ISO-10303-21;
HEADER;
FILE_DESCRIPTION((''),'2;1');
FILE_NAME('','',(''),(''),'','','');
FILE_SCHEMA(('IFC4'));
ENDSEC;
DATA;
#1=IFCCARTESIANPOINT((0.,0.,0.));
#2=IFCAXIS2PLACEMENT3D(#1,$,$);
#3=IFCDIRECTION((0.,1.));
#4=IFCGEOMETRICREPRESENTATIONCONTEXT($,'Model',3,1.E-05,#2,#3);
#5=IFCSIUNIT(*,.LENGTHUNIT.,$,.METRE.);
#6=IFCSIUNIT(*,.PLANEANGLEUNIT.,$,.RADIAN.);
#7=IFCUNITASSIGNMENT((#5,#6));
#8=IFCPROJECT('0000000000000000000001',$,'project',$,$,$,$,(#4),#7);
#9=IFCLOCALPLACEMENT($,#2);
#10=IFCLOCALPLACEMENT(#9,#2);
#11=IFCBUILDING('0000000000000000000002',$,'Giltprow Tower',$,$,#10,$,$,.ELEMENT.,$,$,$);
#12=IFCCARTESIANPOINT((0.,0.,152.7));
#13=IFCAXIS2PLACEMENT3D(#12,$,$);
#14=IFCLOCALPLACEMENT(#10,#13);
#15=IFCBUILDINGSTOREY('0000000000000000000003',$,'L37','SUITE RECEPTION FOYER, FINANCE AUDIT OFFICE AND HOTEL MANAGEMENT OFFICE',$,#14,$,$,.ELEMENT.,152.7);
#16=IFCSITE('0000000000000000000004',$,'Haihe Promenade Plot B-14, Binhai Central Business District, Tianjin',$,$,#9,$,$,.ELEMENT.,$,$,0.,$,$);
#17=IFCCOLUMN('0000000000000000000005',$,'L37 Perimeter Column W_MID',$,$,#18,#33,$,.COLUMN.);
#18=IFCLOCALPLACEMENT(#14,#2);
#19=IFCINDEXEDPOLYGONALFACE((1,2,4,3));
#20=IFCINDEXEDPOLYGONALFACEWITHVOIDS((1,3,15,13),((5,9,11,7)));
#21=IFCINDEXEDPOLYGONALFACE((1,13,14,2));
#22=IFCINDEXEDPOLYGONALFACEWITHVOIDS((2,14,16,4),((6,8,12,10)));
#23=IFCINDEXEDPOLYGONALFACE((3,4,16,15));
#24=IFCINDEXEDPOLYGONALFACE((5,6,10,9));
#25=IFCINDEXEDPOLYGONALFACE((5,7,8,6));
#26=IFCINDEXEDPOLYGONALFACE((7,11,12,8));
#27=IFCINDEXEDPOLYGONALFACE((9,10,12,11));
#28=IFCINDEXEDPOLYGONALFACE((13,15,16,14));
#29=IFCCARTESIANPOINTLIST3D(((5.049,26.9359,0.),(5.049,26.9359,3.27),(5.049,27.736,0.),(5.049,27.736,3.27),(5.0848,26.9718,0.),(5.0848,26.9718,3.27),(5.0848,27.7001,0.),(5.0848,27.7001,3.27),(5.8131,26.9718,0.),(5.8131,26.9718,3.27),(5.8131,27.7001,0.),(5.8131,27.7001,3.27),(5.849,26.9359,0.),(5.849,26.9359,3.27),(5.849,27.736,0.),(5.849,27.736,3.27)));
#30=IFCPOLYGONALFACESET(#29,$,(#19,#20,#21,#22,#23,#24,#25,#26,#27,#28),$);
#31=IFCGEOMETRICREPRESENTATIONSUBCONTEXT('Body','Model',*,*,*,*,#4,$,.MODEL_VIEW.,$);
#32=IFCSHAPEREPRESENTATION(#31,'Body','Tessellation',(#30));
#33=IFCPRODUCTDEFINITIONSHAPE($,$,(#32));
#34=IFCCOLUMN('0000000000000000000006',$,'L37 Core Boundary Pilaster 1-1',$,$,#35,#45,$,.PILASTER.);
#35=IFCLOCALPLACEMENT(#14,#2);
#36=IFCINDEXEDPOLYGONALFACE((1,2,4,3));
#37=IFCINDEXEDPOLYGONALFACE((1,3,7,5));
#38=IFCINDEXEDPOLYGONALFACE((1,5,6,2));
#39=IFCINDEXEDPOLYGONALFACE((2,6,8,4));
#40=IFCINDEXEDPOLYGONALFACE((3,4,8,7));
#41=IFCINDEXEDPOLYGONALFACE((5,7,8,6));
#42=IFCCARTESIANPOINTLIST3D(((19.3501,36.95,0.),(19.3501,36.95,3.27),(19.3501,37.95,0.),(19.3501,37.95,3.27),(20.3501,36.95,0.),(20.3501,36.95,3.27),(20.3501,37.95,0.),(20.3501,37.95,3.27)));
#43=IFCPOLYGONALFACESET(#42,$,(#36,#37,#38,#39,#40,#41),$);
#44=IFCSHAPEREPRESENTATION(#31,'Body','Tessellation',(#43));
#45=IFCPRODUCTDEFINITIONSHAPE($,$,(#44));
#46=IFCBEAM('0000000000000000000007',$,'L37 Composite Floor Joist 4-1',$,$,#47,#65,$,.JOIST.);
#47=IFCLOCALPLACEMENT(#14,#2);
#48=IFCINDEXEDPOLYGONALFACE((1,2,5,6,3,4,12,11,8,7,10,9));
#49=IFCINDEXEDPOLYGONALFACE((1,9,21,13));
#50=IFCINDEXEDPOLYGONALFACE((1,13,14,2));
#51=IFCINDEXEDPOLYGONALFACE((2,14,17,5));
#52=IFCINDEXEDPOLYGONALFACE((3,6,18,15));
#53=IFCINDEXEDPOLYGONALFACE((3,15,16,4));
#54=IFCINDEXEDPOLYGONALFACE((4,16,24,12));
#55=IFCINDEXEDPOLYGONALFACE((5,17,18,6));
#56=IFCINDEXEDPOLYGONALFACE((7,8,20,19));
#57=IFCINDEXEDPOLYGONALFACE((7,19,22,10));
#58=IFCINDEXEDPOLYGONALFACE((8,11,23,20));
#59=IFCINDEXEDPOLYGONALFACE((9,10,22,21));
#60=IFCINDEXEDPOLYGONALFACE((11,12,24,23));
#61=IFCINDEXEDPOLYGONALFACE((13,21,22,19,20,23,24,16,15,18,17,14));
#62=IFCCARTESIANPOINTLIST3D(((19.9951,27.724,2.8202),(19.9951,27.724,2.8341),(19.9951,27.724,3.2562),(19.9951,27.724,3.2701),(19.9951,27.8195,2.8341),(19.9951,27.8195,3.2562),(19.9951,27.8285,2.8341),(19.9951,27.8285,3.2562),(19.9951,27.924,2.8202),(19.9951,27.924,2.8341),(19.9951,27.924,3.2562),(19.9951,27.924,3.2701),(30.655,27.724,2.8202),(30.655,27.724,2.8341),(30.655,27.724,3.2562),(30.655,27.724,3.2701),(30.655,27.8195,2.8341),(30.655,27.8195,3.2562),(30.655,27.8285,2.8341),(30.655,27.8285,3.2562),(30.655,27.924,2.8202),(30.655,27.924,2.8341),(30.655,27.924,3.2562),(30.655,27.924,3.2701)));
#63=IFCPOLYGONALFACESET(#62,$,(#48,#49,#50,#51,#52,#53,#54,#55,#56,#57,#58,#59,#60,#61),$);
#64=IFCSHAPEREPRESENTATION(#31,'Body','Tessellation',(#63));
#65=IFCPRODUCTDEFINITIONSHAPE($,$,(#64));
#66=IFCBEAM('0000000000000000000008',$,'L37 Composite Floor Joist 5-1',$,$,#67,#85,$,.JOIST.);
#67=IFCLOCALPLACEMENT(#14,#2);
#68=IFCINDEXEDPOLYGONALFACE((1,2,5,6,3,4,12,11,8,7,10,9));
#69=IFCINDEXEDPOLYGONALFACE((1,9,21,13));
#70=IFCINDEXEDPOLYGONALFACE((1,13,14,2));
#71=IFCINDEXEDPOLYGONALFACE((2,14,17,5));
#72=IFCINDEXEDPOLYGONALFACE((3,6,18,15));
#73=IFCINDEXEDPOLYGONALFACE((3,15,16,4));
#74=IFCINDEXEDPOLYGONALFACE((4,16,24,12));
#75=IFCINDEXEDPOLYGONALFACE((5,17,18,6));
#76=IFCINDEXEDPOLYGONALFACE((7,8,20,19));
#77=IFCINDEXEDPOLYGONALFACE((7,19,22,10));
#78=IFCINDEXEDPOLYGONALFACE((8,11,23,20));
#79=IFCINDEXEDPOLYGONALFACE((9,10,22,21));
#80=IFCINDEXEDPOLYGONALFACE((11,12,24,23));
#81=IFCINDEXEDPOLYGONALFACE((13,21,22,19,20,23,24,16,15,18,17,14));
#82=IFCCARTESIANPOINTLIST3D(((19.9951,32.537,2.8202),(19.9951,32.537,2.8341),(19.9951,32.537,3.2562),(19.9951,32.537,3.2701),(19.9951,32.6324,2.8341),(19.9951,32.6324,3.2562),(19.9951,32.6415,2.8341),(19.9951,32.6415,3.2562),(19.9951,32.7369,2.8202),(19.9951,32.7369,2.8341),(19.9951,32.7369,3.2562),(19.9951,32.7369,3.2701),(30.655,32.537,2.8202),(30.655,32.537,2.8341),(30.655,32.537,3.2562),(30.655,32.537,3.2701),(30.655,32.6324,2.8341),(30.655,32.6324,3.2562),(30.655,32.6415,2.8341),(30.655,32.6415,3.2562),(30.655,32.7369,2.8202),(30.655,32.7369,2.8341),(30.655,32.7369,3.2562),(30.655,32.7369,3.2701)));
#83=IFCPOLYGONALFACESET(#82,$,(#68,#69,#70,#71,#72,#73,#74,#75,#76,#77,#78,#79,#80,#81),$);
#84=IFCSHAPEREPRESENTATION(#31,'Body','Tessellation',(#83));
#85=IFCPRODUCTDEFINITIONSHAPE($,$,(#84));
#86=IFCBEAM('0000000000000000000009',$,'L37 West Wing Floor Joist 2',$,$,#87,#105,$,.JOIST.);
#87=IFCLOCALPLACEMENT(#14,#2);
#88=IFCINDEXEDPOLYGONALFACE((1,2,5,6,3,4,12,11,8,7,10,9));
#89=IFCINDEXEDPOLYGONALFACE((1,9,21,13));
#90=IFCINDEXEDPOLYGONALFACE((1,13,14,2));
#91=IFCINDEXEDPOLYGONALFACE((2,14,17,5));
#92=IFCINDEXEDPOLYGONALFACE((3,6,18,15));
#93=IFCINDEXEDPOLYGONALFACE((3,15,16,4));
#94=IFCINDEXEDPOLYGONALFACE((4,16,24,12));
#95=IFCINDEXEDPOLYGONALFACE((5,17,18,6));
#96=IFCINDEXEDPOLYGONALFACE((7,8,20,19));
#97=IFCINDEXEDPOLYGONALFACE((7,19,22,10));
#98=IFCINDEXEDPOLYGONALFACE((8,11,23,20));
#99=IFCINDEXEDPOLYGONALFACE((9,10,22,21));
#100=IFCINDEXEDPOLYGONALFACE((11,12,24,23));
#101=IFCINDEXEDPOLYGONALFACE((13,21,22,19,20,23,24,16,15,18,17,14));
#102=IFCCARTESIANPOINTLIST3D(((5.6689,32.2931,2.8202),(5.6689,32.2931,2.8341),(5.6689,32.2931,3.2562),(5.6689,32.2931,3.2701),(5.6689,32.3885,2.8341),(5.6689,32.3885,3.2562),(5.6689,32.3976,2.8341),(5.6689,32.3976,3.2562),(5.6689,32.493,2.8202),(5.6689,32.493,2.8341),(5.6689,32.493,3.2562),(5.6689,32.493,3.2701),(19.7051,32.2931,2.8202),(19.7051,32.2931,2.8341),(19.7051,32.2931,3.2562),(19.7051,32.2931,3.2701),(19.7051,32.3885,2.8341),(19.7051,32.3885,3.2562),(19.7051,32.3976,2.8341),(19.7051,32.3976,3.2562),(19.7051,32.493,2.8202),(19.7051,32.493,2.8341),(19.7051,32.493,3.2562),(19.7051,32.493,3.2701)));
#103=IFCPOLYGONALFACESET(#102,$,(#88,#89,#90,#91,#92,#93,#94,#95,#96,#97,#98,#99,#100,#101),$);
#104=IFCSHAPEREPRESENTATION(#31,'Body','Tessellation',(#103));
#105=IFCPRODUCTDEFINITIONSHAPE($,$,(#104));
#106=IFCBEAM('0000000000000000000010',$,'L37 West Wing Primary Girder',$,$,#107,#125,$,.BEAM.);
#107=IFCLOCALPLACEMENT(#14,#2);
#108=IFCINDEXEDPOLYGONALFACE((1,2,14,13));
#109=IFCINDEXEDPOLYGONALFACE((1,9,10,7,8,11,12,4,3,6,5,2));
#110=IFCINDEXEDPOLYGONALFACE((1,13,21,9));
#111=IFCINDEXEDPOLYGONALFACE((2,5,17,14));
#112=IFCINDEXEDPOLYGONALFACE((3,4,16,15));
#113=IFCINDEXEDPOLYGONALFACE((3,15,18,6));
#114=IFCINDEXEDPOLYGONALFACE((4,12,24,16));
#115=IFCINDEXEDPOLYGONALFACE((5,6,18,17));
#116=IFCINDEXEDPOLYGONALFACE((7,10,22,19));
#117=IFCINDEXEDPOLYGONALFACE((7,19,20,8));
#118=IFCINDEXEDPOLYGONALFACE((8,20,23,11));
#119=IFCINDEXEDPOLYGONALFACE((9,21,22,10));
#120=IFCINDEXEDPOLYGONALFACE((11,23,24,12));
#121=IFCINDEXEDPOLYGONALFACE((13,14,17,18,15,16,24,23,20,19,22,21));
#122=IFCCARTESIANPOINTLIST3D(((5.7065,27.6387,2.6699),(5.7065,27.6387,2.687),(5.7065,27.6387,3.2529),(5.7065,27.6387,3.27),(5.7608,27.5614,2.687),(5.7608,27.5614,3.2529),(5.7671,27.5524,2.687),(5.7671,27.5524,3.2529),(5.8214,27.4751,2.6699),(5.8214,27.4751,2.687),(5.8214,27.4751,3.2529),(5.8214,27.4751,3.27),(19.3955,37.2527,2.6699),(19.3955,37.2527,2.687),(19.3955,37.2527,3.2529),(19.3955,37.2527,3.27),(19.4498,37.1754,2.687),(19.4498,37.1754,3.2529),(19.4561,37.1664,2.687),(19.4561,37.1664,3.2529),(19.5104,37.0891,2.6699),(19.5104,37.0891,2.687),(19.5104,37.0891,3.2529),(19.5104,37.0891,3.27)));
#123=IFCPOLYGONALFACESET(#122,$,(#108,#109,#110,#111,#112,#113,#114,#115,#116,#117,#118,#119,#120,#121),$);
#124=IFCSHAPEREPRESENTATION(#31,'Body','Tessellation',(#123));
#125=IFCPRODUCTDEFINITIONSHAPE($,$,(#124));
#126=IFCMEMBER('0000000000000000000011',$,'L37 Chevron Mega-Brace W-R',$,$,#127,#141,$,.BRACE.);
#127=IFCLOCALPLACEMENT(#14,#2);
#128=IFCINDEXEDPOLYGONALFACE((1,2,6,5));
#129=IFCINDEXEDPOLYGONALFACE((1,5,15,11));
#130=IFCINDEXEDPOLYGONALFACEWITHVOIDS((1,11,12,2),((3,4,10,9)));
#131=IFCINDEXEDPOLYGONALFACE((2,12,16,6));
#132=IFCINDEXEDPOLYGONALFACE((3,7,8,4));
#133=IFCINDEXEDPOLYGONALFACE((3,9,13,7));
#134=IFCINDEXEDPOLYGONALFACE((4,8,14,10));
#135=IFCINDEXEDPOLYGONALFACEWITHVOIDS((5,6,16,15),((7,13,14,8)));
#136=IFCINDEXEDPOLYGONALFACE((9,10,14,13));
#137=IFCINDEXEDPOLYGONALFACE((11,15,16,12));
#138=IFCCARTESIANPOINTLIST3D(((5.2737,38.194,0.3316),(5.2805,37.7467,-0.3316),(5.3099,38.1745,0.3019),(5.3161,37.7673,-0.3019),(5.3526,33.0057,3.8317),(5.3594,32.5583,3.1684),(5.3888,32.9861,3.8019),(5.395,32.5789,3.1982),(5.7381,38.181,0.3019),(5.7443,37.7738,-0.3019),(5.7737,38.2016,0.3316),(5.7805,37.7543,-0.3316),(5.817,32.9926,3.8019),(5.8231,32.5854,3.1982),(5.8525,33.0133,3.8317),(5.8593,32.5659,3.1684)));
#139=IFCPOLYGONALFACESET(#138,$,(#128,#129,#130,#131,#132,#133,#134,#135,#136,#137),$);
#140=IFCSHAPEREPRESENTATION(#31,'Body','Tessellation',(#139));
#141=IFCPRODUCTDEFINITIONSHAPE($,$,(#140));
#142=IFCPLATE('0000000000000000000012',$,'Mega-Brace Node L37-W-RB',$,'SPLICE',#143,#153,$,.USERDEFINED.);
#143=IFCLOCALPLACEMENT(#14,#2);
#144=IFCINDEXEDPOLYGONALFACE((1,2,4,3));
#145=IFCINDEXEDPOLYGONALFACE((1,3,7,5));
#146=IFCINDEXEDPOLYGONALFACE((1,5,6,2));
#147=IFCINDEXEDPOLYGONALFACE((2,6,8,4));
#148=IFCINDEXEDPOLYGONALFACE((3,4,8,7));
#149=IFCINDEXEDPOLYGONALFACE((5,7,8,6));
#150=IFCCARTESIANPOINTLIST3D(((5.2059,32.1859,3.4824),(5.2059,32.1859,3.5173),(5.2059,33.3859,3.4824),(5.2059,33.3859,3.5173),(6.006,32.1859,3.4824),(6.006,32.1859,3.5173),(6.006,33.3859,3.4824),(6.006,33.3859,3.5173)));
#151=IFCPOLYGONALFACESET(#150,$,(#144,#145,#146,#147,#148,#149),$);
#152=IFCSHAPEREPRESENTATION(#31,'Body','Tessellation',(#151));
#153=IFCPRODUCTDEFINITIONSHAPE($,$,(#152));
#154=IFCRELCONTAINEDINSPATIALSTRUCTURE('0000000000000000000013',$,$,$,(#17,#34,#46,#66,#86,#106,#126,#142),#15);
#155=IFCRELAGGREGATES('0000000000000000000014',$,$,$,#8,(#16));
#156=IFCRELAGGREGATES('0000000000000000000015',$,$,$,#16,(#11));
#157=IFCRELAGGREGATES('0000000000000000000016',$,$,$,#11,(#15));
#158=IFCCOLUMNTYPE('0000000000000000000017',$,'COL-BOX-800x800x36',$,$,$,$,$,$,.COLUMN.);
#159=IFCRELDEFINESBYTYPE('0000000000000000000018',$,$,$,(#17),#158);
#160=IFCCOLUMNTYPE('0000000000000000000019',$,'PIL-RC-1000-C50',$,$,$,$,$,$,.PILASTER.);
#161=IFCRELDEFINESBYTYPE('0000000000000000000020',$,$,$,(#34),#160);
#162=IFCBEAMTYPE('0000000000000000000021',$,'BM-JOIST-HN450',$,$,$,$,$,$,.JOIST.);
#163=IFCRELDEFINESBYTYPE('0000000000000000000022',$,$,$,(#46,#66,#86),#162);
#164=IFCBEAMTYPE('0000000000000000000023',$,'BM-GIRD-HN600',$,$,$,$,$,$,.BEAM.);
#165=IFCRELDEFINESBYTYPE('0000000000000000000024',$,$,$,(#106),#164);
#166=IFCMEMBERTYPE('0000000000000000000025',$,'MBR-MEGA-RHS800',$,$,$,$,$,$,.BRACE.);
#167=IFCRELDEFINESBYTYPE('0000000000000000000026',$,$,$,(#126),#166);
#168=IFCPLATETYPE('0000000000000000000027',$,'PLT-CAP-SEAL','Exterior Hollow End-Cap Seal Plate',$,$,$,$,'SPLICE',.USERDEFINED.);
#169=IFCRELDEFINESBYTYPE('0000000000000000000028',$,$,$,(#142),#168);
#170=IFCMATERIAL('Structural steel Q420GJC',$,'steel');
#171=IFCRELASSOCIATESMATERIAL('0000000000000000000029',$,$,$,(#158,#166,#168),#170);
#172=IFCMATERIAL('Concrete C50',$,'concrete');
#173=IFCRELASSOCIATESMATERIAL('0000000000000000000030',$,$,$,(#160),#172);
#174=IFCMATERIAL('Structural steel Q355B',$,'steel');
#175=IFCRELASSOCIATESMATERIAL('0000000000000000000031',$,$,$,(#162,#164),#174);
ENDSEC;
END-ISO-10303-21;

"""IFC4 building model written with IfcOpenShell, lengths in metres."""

from ifc_helpers import new_model, si_unit, direction, frame, origin, origin_2d, place, context, subcontext, project, spatial, rectangle, hollow_rectangle, i_section, extrude, source, transform, mapped, material, material_profile, profile_set, type_object, element, save


model = new_model("IFC4")

# Units and contexts
model_context = context("Model", 3, precision=1e-05, world=origin(), true_north=direction((0.0, 1.0)))
body_context = subcontext(model_context, "Body", "Model", "MODEL_VIEW")
ifc_project = project(units=[si_unit("LENGTHUNIT", "METRE"), si_unit("PLANEANGLEUNIT", "RADIAN")], contexts=[model_context])

# Site, building, storey
site_placement = place(None, origin())
site = spatial("IfcSite", under=ifc_project, at=site_placement, Name="Haihe Promenade Plot B-14, Binhai Central Business District, Tianjin", CompositionType="ELEMENT", RefElevation=0.0)
building_placement = place(site_placement, origin())
building = spatial("IfcBuilding", under=site, at=building_placement, Name="Giltprow Tower", CompositionType="ELEMENT")
storey_placement = place(building_placement, frame((0.0, 0.0, 152.7)))
storey = spatial("IfcBuildingStorey", under=building, at=storey_placement, Name="L37", Description="SUITE RECEPTION FOYER, FINANCE AUDIT OFFICE AND HOTEL MANAGEMENT OFFICE", CompositionType="ELEMENT", Elevation=152.7)

# Columns
ifc_material_1 = material(Name="Structural steel Q420GJC", Category="steel")
ifc_material_profile_1 = material_profile(ifc_material_1, hollow_rectangle(XDim=0.8, YDim=0.8, WallThickness=0.0359, at=origin_2d()), Name="BOX 800x800x36")
ifc_profile_set_1 = profile_set([ifc_material_profile_1], Name="Structural steel Q420GJC")
column_type_1 = type_object("IfcColumnType", Name="COL-BOX-800x800x36", PredefinedType="COLUMN", material=ifc_profile_set_1)
shared_shape_1 = source(origin(), body_context, "Body", "SweptSolid", [
    extrude(hollow_rectangle(XDim=0.8, YDim=0.8, WallThickness=0.0359, at=origin_2d()), origin(), (0.0, 0.0, 1.0), 3.27),
])
column_1_placement = place(storey_placement, frame((5.449, 27.3359, 0.0), z_axis=(0.0, 0.0, 1.0), x_axis=(1.0, 0.0, 0.0)))
element("IfcColumn", 1, at=column_1_placement, inside=storey, type_object=column_type_1, Name="L37 Perimeter Column W_MID", PredefinedType="COLUMN", context=body_context, shape_type="MappedRepresentation", body=[
    mapped(shared_shape_1, transform((0.0, 0.0, 0.0), x_axis=(1.0, 0.0, 0.0), y_axis=(0.0, 1.0, 0.0), z_axis=(0.0, 0.0, 1.0), scale=1.0)),
])
ifc_material_2 = material(Name="Concrete C50", Category="concrete")
ifc_material_profile_2 = material_profile(ifc_material_2, rectangle(XDim=1.0, YDim=1.0, at=origin_2d()), Name="RC 1000x1000")
ifc_profile_set_2 = profile_set([ifc_material_profile_2], Name="Concrete C50")
column_type_2 = type_object("IfcColumnType", Name="PIL-RC-1000-C50", PredefinedType="PILASTER", material=ifc_profile_set_2)
shared_shape_2 = source(origin(), body_context, "Body", "SweptSolid", [
    extrude(rectangle(XDim=1.0, YDim=1.0, at=origin_2d()), origin(), (0.0, 0.0, 1.0), 3.27),
])
column_2_placement = place(storey_placement, frame((19.8501, 37.45, 0.0), z_axis=(0.0, 0.0, 1.0), x_axis=(1.0, 0.0, 0.0)))
element("IfcColumn", 2, at=column_2_placement, inside=storey, type_object=column_type_2, Name="L37 Core Boundary Pilaster 1-1", PredefinedType="PILASTER", context=body_context, shape_type="MappedRepresentation", body=[
    mapped(shared_shape_2, transform((0.0, 0.0, 0.0), x_axis=(1.0, 0.0, 0.0), y_axis=(0.0, 1.0, 0.0), z_axis=(0.0, 0.0, 1.0), scale=1.0)),
])

# Beams
ifc_material_3 = material(Name="Structural steel Q355B", Category="steel")
ifc_material_profile_3 = material_profile(ifc_material_3, i_section(OverallWidth=0.2, OverallDepth=0.45, WebThickness=0.009, FlangeThickness=0.0139, at=origin_2d()), Name="HN 450x200x9x14")
ifc_profile_set_3 = profile_set([ifc_material_profile_3], Name="Structural steel Q355B")
beam_type_1 = type_object("IfcBeamType", Name="BM-JOIST-HN450", PredefinedType="JOIST", material=ifc_profile_set_3)
shared_shape_3 = source(origin(), body_context, "Body", "SweptSolid", [
    extrude(i_section(OverallWidth=0.2, OverallDepth=0.45, WebThickness=0.009, FlangeThickness=0.0139, at=origin_2d()), origin(), (0.0, 0.0, 1.0), 10.6599),
])
for number, where, z_axis, x_axis, name in (
    (3, (19.9951, 27.824, 3.0452), (1.0, 0.0, 0.0), (0.0, 1.0, 0.0), "L37 Composite Floor Joist 4-1"),
    (4, (19.9951, 32.637, 3.0452), (1.0, 0.0, 0.0), (0.0, 1.0, 0.0), "L37 Composite Floor Joist 5-1"),
):
    element("IfcBeam", number, at=place(storey_placement, frame(where, z_axis=z_axis, x_axis=x_axis)), inside=storey, type_object=beam_type_1, Name=name, PredefinedType="JOIST", context=body_context, shape_type="MappedRepresentation", body=[
        mapped(shared_shape_3, transform((0.0, 0.0, 0.0), x_axis=(1.0, 0.0, 0.0), y_axis=(0.0, 1.0, 0.0), z_axis=(0.0, 0.0, 1.0), scale=1.0)),
    ])
shared_shape_4 = source(origin(), body_context, "Body", "SweptSolid", [
    extrude(i_section(OverallWidth=0.2, OverallDepth=0.45, WebThickness=0.009, FlangeThickness=0.0139, at=origin_2d()), origin(), (0.0, 0.0, 1.0), 14.0361),
])
beam_1_placement = place(storey_placement, frame((5.6689, 32.3931, 3.0452), z_axis=(1.0, 0.0, 0.0), x_axis=(0.0, 1.0, 0.0)))
element("IfcBeam", 5, at=beam_1_placement, inside=storey, type_object=beam_type_1, Name="L37 West Wing Floor Joist 2", PredefinedType="JOIST", context=body_context, shape_type="MappedRepresentation", body=[
    mapped(shared_shape_4, transform((0.0, 0.0, 0.0), x_axis=(1.0, 0.0, 0.0), y_axis=(0.0, 1.0, 0.0), z_axis=(0.0, 0.0, 1.0), scale=1.0)),
])
ifc_material_profile_4 = material_profile(ifc_material_3, i_section(OverallWidth=0.2, OverallDepth=0.6001, WebThickness=0.011, FlangeThickness=0.0171, at=origin_2d()), Name="HN 600x200x11x17")
ifc_profile_set_4 = profile_set([ifc_material_profile_4], Name="Structural steel Q355B")
beam_type_2 = type_object("IfcBeamType", Name="BM-GIRD-HN600", PredefinedType="BEAM", material=ifc_profile_set_4)
shared_shape_5 = source(origin(), body_context, "Body", "SweptSolid", [
    extrude(i_section(OverallWidth=0.2, OverallDepth=0.6001, WebThickness=0.011, FlangeThickness=0.0171, at=origin_2d()), origin(), (0.0, 0.0, 1.0), 16.7278),
])
beam_2_placement = place(storey_placement, frame((5.7639, 27.5569, 2.97), z_axis=(0.81834, 0.574735, 0.0), x_axis=(-0.574735, 0.81834, 0.0)))
element("IfcBeam", 6, at=beam_2_placement, inside=storey, type_object=beam_type_2, Name="L37 West Wing Primary Girder", PredefinedType="BEAM", context=body_context, shape_type="MappedRepresentation", body=[
    mapped(shared_shape_5, transform((0.0, 0.0, 0.0), x_axis=(1.0, 0.0, 0.0), y_axis=(0.0, 1.0, 0.0), z_axis=(0.0, 0.0, 1.0), scale=1.0)),
])

# Member
ifc_material_profile_5 = material_profile(ifc_material_1, hollow_rectangle(XDim=0.5, YDim=0.8, WallThickness=0.0359, at=origin_2d()), Name="RHS 800x500x36")
ifc_profile_set_5 = profile_set([ifc_material_profile_5], Name="Structural steel Q420GJC")
member_type = type_object("IfcMemberType", Name="MBR-MEGA-RHS800", PredefinedType="BRACE", material=ifc_profile_set_5)
shared_shape_6 = source(origin(), body_context, "Body", "SweptSolid", [
    extrude(hollow_rectangle(XDim=0.5, YDim=0.8, WallThickness=0.0359, at=origin_2d()), origin(), (0.0, 0.0, 1.0), 6.259),
])
member_placement = place(storey_placement, frame((5.5271, 37.9741, 0.0), z_axis=(0.012599, -0.828935, 0.559203), x_axis=(0.999885, 0.015198, 0.0)))
element("IfcMember", 7, at=member_placement, inside=storey, type_object=member_type, Name="L37 Chevron Mega-Brace W-R", PredefinedType="BRACE", context=body_context, shape_type="MappedRepresentation", body=[
    mapped(shared_shape_6, transform((0.0, 0.0, 0.0), x_axis=(1.0, 0.0, 0.0), y_axis=(0.0, 1.0, 0.0), z_axis=(0.0, 0.0, 1.0), scale=1.0)),
])

# Plate
plate_type = type_object("IfcPlateType", Name="PLT-CAP-SEAL", Description="Exterior Hollow End-Cap Seal Plate", ElementType="SPLICE", PredefinedType="USERDEFINED", material=ifc_material_1)
shared_shape_7 = source(origin(), body_context, "Body", "SweptSolid", [
    extrude(rectangle(XDim=1.2, YDim=0.8, at=origin_2d()), origin(), (0.0, 0.0, 1.0), 0.0349),
])
plate_placement = place(storey_placement, frame((5.606, 32.7859, 3.4824), z_axis=(0.0, 0.0, 1.0), x_axis=(0.0, 1.0, 0.0)))
element("IfcPlate", 8, at=plate_placement, inside=storey, type_object=plate_type, Name="Mega-Brace Node L37-W-RB", ObjectType="SPLICE", PredefinedType="USERDEFINED", context=body_context, shape_type="MappedRepresentation", body=[
    mapped(shared_shape_7, transform((0.0, 0.0, 0.0), x_axis=(1.0, 0.0, 0.0), y_axis=(0.0, 1.0, 0.0), z_axis=(0.0, 0.0, 1.0), scale=1.0)),
])

save(model, "model.ifc")
